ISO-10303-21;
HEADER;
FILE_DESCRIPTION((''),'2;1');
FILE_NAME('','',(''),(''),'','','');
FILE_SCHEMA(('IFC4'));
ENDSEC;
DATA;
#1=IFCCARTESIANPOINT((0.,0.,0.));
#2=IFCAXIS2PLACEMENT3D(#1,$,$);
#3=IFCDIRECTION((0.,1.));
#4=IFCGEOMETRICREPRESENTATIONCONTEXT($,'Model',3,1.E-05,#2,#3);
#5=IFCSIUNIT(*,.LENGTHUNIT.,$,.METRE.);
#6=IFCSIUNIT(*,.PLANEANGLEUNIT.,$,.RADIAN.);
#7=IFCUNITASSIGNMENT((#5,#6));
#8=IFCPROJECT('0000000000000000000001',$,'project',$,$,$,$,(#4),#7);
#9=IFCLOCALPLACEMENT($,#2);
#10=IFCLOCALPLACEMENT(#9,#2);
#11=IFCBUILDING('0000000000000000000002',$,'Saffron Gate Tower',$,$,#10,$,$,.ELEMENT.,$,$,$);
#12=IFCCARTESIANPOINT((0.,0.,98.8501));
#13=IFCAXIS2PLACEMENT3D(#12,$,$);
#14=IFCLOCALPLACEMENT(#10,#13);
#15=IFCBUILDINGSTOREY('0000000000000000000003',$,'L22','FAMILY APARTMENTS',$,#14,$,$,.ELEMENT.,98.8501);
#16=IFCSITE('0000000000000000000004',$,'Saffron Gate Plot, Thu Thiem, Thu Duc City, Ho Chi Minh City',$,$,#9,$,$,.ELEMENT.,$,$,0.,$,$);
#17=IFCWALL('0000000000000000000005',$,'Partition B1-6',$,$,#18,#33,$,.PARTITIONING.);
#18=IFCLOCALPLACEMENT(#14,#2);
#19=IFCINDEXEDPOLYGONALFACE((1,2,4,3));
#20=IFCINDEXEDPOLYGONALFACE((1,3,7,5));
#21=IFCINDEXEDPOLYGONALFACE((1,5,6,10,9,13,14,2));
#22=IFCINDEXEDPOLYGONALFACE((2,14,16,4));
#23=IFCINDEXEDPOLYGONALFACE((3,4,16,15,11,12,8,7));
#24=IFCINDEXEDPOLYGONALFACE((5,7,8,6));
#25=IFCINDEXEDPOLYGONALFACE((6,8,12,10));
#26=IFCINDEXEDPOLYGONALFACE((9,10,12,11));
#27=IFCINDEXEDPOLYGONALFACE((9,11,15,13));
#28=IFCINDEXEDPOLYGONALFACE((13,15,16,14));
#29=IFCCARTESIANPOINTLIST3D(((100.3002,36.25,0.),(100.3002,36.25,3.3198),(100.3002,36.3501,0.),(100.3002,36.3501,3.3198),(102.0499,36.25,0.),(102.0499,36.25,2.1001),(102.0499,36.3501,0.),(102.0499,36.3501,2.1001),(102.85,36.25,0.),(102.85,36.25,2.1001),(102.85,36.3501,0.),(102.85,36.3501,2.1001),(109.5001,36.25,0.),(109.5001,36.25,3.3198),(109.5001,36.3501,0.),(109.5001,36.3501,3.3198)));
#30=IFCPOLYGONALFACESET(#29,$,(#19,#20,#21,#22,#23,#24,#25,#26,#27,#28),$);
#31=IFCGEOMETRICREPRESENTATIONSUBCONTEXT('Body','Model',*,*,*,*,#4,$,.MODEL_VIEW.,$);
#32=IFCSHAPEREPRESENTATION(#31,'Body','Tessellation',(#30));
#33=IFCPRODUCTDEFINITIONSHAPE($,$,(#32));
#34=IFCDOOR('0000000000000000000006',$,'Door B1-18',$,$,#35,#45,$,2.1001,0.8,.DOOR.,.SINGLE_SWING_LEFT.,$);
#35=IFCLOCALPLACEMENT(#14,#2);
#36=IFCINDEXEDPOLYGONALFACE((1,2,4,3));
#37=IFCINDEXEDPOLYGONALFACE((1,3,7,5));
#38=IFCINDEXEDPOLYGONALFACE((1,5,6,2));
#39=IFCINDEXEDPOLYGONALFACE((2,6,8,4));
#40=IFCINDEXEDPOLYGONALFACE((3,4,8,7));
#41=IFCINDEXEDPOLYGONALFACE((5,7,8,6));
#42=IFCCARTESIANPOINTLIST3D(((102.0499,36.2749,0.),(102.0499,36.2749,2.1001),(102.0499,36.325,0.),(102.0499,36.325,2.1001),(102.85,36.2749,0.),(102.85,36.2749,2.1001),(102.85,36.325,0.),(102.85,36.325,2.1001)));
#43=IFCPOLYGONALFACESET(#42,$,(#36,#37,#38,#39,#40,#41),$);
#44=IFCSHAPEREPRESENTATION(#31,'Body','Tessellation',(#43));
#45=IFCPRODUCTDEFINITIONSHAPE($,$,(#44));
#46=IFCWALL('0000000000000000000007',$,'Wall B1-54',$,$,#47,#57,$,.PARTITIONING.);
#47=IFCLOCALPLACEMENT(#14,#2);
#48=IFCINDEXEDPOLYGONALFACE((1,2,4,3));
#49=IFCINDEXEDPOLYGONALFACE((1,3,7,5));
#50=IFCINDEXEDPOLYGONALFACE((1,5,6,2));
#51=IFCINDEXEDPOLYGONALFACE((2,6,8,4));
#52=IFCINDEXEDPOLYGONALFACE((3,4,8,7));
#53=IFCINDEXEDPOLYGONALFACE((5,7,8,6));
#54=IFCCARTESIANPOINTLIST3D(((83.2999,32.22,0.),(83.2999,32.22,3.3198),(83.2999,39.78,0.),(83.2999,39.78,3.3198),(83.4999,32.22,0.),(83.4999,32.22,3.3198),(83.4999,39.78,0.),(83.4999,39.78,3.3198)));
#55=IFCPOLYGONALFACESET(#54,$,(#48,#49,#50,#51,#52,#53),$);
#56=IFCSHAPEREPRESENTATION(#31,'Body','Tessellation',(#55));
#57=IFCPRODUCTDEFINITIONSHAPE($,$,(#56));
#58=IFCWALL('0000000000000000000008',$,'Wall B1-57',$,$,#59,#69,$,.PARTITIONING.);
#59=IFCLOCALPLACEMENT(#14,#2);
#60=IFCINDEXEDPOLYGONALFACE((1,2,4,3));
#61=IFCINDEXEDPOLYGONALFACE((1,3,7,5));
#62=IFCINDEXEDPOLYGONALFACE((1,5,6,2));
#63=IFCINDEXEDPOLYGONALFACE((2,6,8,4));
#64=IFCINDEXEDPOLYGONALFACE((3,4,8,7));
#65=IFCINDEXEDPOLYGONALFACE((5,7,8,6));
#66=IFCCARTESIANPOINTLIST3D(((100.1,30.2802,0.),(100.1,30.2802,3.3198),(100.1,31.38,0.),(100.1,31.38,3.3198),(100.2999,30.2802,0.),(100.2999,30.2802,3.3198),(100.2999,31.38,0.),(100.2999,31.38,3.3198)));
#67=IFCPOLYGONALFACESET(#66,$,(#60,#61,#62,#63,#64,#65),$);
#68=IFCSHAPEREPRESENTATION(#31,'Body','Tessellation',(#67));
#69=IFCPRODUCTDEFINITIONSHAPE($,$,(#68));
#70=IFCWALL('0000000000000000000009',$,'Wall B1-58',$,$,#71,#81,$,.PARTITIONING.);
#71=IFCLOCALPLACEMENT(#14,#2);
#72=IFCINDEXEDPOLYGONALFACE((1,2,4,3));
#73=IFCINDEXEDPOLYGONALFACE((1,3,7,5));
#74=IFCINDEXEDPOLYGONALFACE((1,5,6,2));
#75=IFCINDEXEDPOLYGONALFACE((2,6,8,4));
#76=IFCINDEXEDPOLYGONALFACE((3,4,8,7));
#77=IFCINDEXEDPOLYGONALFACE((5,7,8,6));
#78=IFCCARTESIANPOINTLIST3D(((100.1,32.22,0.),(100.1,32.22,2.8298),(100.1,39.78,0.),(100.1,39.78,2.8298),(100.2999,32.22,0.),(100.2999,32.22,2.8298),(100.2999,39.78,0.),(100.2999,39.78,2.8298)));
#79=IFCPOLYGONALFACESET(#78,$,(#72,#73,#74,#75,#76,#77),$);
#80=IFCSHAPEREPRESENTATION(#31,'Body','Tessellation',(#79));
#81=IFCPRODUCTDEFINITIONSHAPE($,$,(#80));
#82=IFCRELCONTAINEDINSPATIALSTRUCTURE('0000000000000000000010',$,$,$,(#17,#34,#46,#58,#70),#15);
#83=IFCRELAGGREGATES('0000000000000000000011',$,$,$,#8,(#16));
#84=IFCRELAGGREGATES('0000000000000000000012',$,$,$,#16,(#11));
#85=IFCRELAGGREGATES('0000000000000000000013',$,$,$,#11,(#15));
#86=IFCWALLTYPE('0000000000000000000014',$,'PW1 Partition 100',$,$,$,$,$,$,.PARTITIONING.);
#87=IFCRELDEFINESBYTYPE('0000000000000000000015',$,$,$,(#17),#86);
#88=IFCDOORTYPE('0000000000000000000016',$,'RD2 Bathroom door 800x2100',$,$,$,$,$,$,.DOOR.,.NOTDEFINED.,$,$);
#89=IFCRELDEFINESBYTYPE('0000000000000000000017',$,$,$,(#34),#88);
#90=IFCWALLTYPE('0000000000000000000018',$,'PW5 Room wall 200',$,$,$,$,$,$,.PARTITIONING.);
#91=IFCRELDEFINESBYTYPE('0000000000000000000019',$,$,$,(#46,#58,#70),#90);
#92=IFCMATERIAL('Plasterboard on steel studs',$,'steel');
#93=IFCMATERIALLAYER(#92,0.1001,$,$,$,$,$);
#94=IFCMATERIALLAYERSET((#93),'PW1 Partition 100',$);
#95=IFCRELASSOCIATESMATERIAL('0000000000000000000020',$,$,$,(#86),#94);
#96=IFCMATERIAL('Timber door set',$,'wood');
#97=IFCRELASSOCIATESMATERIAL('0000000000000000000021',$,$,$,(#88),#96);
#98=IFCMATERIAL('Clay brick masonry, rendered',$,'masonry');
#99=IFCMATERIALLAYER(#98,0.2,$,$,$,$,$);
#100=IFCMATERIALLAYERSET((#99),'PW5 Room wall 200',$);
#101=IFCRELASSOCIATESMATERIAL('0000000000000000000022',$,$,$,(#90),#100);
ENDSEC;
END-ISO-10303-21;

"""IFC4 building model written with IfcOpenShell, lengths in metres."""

from ifc_helpers import new_model, si_unit, direction, frame, frame_2d, origin, place, context, subcontext, project, spatial, rectangle, extrude, material, layer, layer_set, type_object, element, fill, save


model = new_model("IFC4")

# Units and contexts
model_context = context("Model", 3, precision=1e-05, world=origin(), true_north=direction((0.0, 1.0)))
body_context = subcontext(model_context, "Body", "Model", "MODEL_VIEW")
ifc_project = project(units=[si_unit("LENGTHUNIT", "METRE"), si_unit("PLANEANGLEUNIT", "RADIAN")], contexts=[model_context])

# Site, building, storey
site_placement = place(None, origin())
site = spatial("IfcSite", under=ifc_project, at=site_placement, Name="Saffron Gate Plot, Thu Thiem, Thu Duc City, Ho Chi Minh City", CompositionType="ELEMENT", RefElevation=0.0)
building_placement = place(site_placement, origin())
building = spatial("IfcBuilding", under=site, at=building_placement, Name="Saffron Gate Tower", CompositionType="ELEMENT")
storey_placement = place(building_placement, frame((0.0, 0.0, 98.8501)))
storey = spatial("IfcBuildingStorey", under=building, at=storey_placement, Name="L22", Description="FAMILY APARTMENTS", CompositionType="ELEMENT", Elevation=98.8501)

# Wall, opening, door
ifc_material_1 = material(Name="Plasterboard on steel studs", Category="steel")
ifc_layer_1 = layer(ifc_material_1, 0.1001)
ifc_layer_set_1 = layer_set([ifc_layer_1], Name="PW1 Partition 100")
wall_type_1 = type_object("IfcWallType", Name="PW1 Partition 100", PredefinedType="PARTITIONING", material=ifc_layer_set_1)
wall_1_placement = place(storey_placement, frame((100.3, 36.3, 0.0), z_axis=(0.0, 0.0, 1.0), x_axis=(1.0, 0.0, 0.0)))
wall_1 = element("IfcWall", 1, at=wall_1_placement, inside=storey, type_object=wall_type_1, Name="Partition B1-6", PredefinedType="PARTITIONING", context=body_context, shape_type="SweptSolid", body=[
    extrude(rectangle(XDim=9.2, YDim=0.1001, at=frame_2d((4.6001, 0.0))), origin(), (0.0, 0.0, 1.0), 3.3198),
])
opening_1_placement = place(wall_1_placement, frame((1.75, 0.0, 0.0)))
opening_1 = element("IfcOpeningElement", 2, at=opening_1_placement, cuts=wall_1, PredefinedType="OPENING", context=body_context, shape_type="SweptSolid", body=[
    extrude(rectangle(XDim=0.8, YDim=2.1001, at=frame_2d((0.3999, 1.05))), frame((0.0, 0.0601, 0.0), z_axis=(0.0, -1.0, 0.0), x_axis=(1.0, 0.0, 0.0)), (0.0, 0.0, 1.0), 0.1201),
])
ifc_material_2 = material(Name="Timber door set", Category="wood")
door_type = type_object("IfcDoorType", Name="RD2 Bathroom door 800x2100", OperationType="NOTDEFINED", PredefinedType="DOOR", material=ifc_material_2)
door_placement = place(opening_1_placement, origin())
door = element("IfcDoor", 3, at=door_placement, inside=storey, type_object=door_type, Name="Door B1-18", OperationType="SINGLE_SWING_LEFT", OverallHeight=2.1001, OverallWidth=0.8, PredefinedType="DOOR", context=body_context, shape_type="SweptSolid", body=[
    extrude(rectangle(XDim=0.8, YDim=2.1001, at=frame_2d((0.3999, 1.05))), frame((0.0, 0.0249, 0.0), z_axis=(0.0, -1.0, 0.0), x_axis=(1.0, 0.0, 0.0)), (0.0, 0.0, 1.0), 0.05),
])
fill(opening_1, door)

# Walls
ifc_material_3 = material(Name="Clay brick masonry, rendered", Category="masonry")
ifc_layer_2 = layer(ifc_material_3, 0.2)
ifc_layer_set_2 = layer_set([ifc_layer_2], Name="PW5 Room wall 200")
wall_type_2 = type_object("IfcWallType", Name="PW5 Room wall 200", PredefinedType="PARTITIONING", material=ifc_layer_set_2)
wall_2_placement = place(storey_placement, frame((83.3999, 39.78, 0.0), z_axis=(0.0, 0.0, 1.0), x_axis=(0.0, -1.0, 0.0)))
element("IfcWall", 4, at=wall_2_placement, inside=storey, type_object=wall_type_2, Name="Wall B1-54", PredefinedType="PARTITIONING", context=body_context, shape_type="SweptSolid", body=[
    extrude(rectangle(XDim=7.5601, YDim=0.2, at=frame_2d((3.78, 0.0))), origin(), (0.0, 0.0, 1.0), 3.3198),
])
wall_3_placement = place(storey_placement, frame((100.2, 31.3799, 0.0), z_axis=(0.0, 0.0, 1.0), x_axis=(0.0, -1.0, 0.0)))
element("IfcWall", 5, at=wall_3_placement, inside=storey, type_object=wall_type_2, Name="Wall B1-57", PredefinedType="PARTITIONING", context=body_context, shape_type="SweptSolid", body=[
    extrude(rectangle(XDim=1.0999, YDim=0.2, at=frame_2d((0.5498, 0.0))), origin(), (0.0, 0.0, 1.0), 3.3198),
])
wall_4_placement = place(storey_placement, frame((100.2, 39.78, 0.0), z_axis=(0.0, 0.0, 1.0), x_axis=(0.0, -1.0, 0.0)))
element("IfcWall", 6, at=wall_4_placement, inside=storey, type_object=wall_type_2, Name="Wall B1-58", PredefinedType="PARTITIONING", context=body_context, shape_type="SweptSolid", body=[
    extrude(rectangle(XDim=7.5601, YDim=0.2, at=frame_2d((3.78, 0.0))), origin(), (0.0, 0.0, 1.0), 2.8298),
])

save(model, "model.ifc")
